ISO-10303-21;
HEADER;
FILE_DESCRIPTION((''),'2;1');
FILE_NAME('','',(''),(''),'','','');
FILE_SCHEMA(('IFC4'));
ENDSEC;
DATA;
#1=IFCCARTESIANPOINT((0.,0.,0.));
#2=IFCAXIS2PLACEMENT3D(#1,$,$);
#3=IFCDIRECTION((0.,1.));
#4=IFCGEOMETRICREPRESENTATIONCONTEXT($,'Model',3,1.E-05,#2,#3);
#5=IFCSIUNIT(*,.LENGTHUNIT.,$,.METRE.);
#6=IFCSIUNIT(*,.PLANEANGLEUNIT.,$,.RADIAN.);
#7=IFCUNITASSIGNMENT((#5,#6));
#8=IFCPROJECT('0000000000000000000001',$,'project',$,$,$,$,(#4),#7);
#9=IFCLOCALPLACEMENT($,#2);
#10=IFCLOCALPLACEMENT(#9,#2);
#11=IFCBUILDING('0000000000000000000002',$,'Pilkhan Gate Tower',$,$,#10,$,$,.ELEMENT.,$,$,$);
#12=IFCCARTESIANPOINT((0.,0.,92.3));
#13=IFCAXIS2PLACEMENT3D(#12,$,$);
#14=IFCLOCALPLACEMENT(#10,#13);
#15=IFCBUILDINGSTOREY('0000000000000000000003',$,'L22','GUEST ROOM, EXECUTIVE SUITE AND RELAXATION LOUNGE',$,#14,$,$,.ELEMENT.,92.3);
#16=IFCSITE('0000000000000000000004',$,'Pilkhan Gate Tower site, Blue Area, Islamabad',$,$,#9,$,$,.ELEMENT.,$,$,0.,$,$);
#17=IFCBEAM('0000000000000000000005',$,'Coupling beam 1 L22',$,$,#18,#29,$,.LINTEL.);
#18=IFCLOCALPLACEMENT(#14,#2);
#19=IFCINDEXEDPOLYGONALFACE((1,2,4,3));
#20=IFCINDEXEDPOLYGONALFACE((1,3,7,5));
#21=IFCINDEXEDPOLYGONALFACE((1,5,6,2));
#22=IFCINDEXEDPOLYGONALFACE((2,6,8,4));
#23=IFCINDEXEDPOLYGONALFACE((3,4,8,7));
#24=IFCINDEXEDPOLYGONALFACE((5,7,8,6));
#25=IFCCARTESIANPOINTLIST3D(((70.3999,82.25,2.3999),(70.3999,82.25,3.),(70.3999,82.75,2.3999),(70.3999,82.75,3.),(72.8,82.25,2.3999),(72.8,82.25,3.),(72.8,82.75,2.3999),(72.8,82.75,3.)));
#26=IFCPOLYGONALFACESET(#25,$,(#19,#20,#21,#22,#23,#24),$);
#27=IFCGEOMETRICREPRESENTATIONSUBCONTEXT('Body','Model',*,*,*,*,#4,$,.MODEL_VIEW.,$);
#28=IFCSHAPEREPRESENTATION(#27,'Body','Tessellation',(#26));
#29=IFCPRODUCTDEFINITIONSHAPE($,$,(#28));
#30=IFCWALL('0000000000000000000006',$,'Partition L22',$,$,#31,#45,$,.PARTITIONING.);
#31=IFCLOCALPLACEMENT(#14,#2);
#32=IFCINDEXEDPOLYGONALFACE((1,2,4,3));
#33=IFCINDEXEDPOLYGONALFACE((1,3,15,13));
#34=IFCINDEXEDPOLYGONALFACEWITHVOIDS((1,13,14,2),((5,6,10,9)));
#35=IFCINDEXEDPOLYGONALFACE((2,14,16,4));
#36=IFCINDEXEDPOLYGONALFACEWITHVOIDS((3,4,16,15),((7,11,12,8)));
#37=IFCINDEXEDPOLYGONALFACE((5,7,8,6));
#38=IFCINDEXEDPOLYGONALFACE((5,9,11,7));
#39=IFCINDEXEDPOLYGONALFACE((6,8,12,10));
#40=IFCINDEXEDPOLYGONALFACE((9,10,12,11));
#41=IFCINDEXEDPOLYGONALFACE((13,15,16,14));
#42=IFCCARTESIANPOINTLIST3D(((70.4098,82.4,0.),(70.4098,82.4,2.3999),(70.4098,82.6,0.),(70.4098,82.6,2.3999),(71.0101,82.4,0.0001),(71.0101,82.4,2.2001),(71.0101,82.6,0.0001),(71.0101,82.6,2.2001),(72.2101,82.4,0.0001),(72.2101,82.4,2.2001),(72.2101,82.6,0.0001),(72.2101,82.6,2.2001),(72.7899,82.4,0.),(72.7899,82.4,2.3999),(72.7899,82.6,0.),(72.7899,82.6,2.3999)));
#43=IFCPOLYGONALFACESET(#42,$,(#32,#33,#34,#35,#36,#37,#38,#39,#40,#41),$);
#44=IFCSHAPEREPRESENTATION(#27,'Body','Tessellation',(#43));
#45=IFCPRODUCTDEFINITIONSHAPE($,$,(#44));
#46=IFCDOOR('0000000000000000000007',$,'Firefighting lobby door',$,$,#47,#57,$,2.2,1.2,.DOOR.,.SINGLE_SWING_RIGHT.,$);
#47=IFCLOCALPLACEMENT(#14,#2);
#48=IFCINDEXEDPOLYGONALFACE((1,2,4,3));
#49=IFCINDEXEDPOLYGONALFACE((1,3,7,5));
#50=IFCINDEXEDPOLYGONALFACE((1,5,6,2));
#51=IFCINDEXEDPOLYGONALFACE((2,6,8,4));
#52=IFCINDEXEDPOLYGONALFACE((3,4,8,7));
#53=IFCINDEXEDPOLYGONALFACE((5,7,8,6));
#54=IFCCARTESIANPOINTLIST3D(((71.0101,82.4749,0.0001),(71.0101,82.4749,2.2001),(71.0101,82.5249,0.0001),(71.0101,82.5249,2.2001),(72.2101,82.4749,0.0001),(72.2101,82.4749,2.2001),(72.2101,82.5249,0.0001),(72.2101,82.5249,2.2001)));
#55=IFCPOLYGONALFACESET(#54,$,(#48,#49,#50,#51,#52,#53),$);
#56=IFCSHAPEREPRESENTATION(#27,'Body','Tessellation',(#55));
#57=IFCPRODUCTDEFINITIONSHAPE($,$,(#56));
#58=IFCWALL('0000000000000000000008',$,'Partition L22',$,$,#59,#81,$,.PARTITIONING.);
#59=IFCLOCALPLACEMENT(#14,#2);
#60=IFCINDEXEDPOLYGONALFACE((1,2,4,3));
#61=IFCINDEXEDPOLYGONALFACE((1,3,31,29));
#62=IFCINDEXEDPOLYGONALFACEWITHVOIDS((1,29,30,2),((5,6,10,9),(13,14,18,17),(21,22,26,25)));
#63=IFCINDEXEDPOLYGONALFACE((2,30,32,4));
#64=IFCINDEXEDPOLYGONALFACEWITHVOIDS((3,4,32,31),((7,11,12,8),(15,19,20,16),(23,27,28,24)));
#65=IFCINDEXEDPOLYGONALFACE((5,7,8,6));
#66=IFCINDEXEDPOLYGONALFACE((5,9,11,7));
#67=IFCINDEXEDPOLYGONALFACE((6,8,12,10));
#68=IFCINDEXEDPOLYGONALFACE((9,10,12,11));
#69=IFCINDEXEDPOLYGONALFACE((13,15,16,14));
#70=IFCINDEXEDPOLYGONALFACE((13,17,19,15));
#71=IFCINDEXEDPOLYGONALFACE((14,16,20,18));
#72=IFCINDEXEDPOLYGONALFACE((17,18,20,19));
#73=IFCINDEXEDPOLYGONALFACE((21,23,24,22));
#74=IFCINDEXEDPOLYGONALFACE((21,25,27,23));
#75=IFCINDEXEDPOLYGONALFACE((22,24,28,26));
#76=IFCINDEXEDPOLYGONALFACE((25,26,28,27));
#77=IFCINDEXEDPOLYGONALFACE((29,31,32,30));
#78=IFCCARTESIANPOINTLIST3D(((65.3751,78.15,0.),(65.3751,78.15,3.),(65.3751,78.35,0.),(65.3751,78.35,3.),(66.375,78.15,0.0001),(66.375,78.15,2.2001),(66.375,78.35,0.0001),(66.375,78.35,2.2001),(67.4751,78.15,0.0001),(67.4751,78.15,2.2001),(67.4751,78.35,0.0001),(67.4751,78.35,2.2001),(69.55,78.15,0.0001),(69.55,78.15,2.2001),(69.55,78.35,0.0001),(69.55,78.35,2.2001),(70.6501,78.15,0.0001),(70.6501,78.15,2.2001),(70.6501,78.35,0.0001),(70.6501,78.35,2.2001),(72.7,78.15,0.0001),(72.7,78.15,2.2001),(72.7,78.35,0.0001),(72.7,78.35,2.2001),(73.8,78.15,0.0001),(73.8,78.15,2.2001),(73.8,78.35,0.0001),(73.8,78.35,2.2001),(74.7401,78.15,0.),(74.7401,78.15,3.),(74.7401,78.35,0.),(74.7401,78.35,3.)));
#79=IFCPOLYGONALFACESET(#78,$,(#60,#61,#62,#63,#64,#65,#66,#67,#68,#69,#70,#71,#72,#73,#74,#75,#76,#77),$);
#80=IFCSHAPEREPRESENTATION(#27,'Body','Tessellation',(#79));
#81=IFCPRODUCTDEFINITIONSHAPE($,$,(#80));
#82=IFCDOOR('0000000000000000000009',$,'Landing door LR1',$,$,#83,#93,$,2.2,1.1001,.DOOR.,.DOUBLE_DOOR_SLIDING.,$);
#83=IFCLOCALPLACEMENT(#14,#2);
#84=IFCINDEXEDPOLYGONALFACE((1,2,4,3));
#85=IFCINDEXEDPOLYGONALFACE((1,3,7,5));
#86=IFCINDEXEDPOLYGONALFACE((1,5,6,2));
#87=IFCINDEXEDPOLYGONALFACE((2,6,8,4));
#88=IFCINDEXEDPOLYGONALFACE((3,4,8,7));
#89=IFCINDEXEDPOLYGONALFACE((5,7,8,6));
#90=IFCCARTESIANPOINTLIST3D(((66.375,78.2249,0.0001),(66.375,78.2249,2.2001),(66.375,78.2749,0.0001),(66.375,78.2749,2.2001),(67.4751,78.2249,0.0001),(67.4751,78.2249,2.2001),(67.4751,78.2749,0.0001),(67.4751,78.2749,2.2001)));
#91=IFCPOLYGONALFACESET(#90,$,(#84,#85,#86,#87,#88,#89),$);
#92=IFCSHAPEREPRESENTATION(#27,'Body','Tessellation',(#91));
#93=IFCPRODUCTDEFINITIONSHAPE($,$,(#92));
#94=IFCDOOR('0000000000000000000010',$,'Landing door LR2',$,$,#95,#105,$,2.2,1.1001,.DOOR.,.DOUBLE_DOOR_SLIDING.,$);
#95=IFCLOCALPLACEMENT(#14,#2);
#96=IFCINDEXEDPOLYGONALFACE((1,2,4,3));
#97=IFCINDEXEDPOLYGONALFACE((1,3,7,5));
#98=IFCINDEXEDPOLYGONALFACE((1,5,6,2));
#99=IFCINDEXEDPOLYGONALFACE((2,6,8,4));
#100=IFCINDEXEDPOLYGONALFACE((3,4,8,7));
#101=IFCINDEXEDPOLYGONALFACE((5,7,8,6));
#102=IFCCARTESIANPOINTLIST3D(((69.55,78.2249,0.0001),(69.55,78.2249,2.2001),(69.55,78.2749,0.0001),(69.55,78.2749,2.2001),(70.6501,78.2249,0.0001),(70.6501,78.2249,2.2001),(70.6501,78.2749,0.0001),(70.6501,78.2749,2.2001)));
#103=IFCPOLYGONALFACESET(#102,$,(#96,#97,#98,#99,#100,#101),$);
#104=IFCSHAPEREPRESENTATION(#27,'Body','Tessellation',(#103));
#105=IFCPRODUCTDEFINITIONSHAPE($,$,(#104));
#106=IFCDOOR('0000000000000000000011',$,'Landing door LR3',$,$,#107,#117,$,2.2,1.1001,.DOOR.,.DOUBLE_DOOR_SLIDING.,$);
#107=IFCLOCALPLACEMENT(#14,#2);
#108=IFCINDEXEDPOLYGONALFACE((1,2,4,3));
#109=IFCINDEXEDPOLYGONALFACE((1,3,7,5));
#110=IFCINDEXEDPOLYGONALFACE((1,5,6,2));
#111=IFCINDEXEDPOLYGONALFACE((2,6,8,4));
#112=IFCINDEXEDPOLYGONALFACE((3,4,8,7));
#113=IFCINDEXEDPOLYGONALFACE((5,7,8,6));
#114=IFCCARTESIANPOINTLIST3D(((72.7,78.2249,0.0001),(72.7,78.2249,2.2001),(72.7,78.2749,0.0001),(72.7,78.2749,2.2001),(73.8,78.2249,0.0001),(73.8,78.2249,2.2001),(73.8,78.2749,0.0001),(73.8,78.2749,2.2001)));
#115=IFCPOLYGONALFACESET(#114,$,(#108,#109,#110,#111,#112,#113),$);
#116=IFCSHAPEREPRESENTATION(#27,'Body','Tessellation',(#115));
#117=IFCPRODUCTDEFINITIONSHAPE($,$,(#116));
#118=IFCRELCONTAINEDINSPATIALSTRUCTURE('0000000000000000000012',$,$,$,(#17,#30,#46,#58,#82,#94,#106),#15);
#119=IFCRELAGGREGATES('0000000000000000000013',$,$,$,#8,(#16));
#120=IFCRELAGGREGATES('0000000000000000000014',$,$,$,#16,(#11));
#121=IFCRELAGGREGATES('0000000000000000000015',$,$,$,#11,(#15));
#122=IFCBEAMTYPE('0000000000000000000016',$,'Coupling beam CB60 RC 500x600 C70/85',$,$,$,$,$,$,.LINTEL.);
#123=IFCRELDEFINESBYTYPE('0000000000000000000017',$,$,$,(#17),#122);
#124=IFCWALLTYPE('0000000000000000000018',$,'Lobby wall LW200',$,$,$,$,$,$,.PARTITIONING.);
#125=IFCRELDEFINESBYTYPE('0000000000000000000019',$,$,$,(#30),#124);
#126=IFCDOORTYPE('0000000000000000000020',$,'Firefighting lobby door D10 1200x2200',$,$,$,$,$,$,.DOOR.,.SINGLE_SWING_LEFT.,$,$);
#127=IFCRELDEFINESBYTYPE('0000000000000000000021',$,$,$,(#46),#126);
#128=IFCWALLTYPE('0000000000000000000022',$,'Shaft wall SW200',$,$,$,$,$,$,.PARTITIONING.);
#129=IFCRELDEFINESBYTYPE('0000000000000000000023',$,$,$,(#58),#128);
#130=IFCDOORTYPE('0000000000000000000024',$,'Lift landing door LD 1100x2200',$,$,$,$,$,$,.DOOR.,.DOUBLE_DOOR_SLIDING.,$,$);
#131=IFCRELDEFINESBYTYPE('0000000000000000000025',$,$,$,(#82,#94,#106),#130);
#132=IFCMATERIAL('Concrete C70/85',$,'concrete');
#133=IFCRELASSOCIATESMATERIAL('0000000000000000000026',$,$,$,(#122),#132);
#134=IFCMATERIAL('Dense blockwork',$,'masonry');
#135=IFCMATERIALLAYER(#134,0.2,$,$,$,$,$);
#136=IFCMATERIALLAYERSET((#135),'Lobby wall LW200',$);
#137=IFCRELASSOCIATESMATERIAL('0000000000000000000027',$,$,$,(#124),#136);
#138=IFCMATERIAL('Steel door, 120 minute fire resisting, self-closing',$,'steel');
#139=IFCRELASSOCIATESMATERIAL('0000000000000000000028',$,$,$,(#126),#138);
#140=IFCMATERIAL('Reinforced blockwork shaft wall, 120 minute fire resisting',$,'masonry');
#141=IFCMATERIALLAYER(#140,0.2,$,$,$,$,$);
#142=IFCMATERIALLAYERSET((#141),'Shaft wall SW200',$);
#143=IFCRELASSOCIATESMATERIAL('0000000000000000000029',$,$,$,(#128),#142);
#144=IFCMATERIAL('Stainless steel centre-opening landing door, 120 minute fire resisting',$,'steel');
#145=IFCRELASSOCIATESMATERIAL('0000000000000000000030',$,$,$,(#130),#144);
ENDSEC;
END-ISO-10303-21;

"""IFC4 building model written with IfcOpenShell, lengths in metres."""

from ifc_helpers import new_model, si_unit, direction, frame, frame_2d, origin, origin_2d, place, context, subcontext, project, spatial, rectangle, extrude, material, layer, layer_set, material_profile, profile_set, type_object, element, fill, save


model = new_model("IFC4")

# Units and contexts
model_context = context("Model", 3, precision=1e-05, world=origin(), true_north=direction((0.0, 1.0)))
body_context = subcontext(model_context, "Body", "Model", "MODEL_VIEW")
ifc_project = project(units=[si_unit("LENGTHUNIT", "METRE"), si_unit("PLANEANGLEUNIT", "RADIAN")], contexts=[model_context])

# Site, building, storey
site_placement = place(None, origin())
site = spatial("IfcSite", under=ifc_project, at=site_placement, Name="Pilkhan Gate Tower site, Blue Area, Islamabad", CompositionType="ELEMENT", RefElevation=0.0)
building_placement = place(site_placement, origin())
building = spatial("IfcBuilding", under=site, at=building_placement, Name="Pilkhan Gate Tower", CompositionType="ELEMENT")
storey_placement = place(building_placement, frame((0.0, 0.0, 92.3)))
storey = spatial("IfcBuildingStorey", under=building, at=storey_placement, Name="L22", Description="GUEST ROOM, EXECUTIVE SUITE AND RELAXATION LOUNGE", CompositionType="ELEMENT", Elevation=92.3)

# Beam
ifc_material_1 = material(Name="Concrete C70/85", Category="concrete")
ifc_material_profile = material_profile(ifc_material_1, rectangle(XDim=0.5, YDim=0.6001, at=origin_2d()), Name="RC 500x600")
ifc_profile_set = profile_set([ifc_material_profile], Name="Concrete C70/85")
beam_type = type_object("IfcBeamType", Name="Coupling beam CB60 RC 500x600 C70/85", PredefinedType="LINTEL", material=ifc_profile_set)
beam_placement = place(storey_placement, frame((70.3999, 82.5, 2.7), z_axis=(1.0, 0.0, 0.0), x_axis=(0.0, 1.0, 0.0)))
element("IfcBeam", 1, at=beam_placement, inside=storey, type_object=beam_type, Name="Coupling beam 1 L22", PredefinedType="LINTEL", context=body_context, shape_type="SweptSolid", body=[
    extrude(rectangle(XDim=0.5, YDim=0.6001, at=origin_2d()), origin(), (0.0, 0.0, 1.0), 2.4001),
])

# Wall, opening, door
ifc_material_2 = material(Name="Dense blockwork", Category="masonry")
ifc_layer_1 = layer(ifc_material_2, 0.2)
ifc_layer_set_1 = layer_set([ifc_layer_1], Name="Lobby wall LW200")
wall_type_1 = type_object("IfcWallType", Name="Lobby wall LW200", PredefinedType="PARTITIONING", material=ifc_layer_set_1)
wall_1_placement = place(storey_placement, frame((70.4099, 82.5, 0.0), z_axis=(0.0, 0.0, 1.0), x_axis=(1.0, 0.0, 0.0)))
wall_1 = element("IfcWall", 2, at=wall_1_placement, inside=storey, type_object=wall_type_1, Name="Partition L22", PredefinedType="PARTITIONING", context=body_context, shape_type="SweptSolid", body=[
    extrude(rectangle(XDim=2.3801, YDim=0.2, at=frame_2d((1.1899, 0.0))), origin(), (0.0, 0.0, 1.0), 2.3999),
])
opening_1_placement = place(wall_1_placement, frame((0.6001, 0.0, 0.0)))
opening_1 = element("IfcOpeningElement", 3, at=opening_1_placement, cuts=wall_1, PredefinedType="OPENING", context=body_context, shape_type="SweptSolid", body=[
    extrude(rectangle(XDim=1.2, YDim=2.2, at=frame_2d((0.6001, 1.1001))), frame((0.0, 0.1099, 0.0), z_axis=(0.0, -1.0, 0.0), x_axis=(1.0, 0.0, 0.0)), (0.0, 0.0, 1.0), 0.22),
])
ifc_material_3 = material(Name="Steel door, 120 minute fire resisting, self-closing", Category="steel")
door_type_1 = type_object("IfcDoorType", Name="Firefighting lobby door D10 1200x2200", OperationType="SINGLE_SWING_LEFT", PredefinedType="DOOR", material=ifc_material_3)
door_1_placement = place(opening_1_placement, origin())
door_1 = element("IfcDoor", 4, at=door_1_placement, inside=storey, type_object=door_type_1, Name="Firefighting lobby door", OperationType="SINGLE_SWING_RIGHT", OverallHeight=2.2, OverallWidth=1.2, PredefinedType="DOOR", context=body_context, shape_type="SweptSolid", body=[
    extrude(rectangle(XDim=1.2, YDim=2.2, at=frame_2d((0.6001, 1.1001))), frame((0.0, 0.0249, 0.0), z_axis=(0.0, -1.0, 0.0), x_axis=(1.0, 0.0, 0.0)), (0.0, 0.0, 1.0), 0.05),
])
fill(opening_1, door_1)

# Wall, openings, doors
ifc_material_4 = material(Name="Reinforced blockwork shaft wall, 120 minute fire resisting", Category="masonry")
ifc_layer_2 = layer(ifc_material_4, 0.2)
ifc_layer_set_2 = layer_set([ifc_layer_2], Name="Shaft wall SW200")
wall_type_2 = type_object("IfcWallType", Name="Shaft wall SW200", PredefinedType="PARTITIONING", material=ifc_layer_set_2)
wall_2_placement = place(storey_placement, frame((65.375, 78.25, 0.0), z_axis=(0.0, 0.0, 1.0), x_axis=(1.0, 0.0, 0.0)))
wall_2 = element("IfcWall", 5, at=wall_2_placement, inside=storey, type_object=wall_type_2, Name="Partition L22", PredefinedType="PARTITIONING", context=body_context, shape_type="SweptSolid", body=[
    extrude(rectangle(XDim=9.365, YDim=0.2, at=frame_2d((4.6826, 0.0))), origin(), (0.0, 0.0, 1.0), 3.0),
])
opening_2_placement = place(wall_2_placement, frame((1.0, 0.0, 0.0)))
opening_2 = element("IfcOpeningElement", 6, at=opening_2_placement, cuts=wall_2, PredefinedType="OPENING", context=body_context, shape_type="SweptSolid", body=[
    extrude(rectangle(XDim=1.1001, YDim=2.2, at=frame_2d((0.55, 1.1001))), frame((0.0, 0.1099, 0.0), z_axis=(0.0, -1.0, 0.0), x_axis=(1.0, 0.0, 0.0)), (0.0, 0.0, 1.0), 0.22),
])
opening_3_placement = place(wall_2_placement, frame((4.175, 0.0, 0.0)))
opening_3 = element("IfcOpeningElement", 7, at=opening_3_placement, cuts=wall_2, PredefinedType="OPENING", context=body_context, shape_type="SweptSolid", body=[
    extrude(rectangle(XDim=1.1001, YDim=2.2, at=frame_2d((0.55, 1.1001))), frame((0.0, 0.1099, 0.0), z_axis=(0.0, -1.0, 0.0), x_axis=(1.0, 0.0, 0.0)), (0.0, 0.0, 1.0), 0.22),
])
opening_4_placement = place(wall_2_placement, frame((7.325, 0.0, 0.0)))
opening_4 = element("IfcOpeningElement", 8, at=opening_4_placement, cuts=wall_2, PredefinedType="OPENING", context=body_context, shape_type="SweptSolid", body=[
    extrude(rectangle(XDim=1.1001, YDim=2.2, at=frame_2d((0.55, 1.1001))), frame((0.0, 0.1099, 0.0), z_axis=(0.0, -1.0, 0.0), x_axis=(1.0, 0.0, 0.0)), (0.0, 0.0, 1.0), 0.22),
])
ifc_material_5 = material(Name="Stainless steel centre-opening landing door, 120 minute fire resisting", Category="steel")
door_type_2 = type_object("IfcDoorType", Name="Lift landing door LD 1100x2200", OperationType="DOUBLE_DOOR_SLIDING", PredefinedType="DOOR", material=ifc_material_5)
door_2_placement = place(opening_2_placement, origin())
door_2 = element("IfcDoor", 9, at=door_2_placement, inside=storey, type_object=door_type_2, Name="Landing door LR1", OperationType="DOUBLE_DOOR_SLIDING", OverallHeight=2.2, OverallWidth=1.1001, PredefinedType="DOOR", context=body_context, shape_type="SweptSolid", body=[
    extrude(rectangle(XDim=1.1001, YDim=2.2, at=frame_2d((0.55, 1.1001))), frame((0.0, 0.0249, 0.0), z_axis=(0.0, -1.0, 0.0), x_axis=(1.0, 0.0, 0.0)), (0.0, 0.0, 1.0), 0.05),
])
fill(opening_2, door_2)
door_3_placement = place(opening_3_placement, origin())
door_3 = element("IfcDoor", 10, at=door_3_placement, inside=storey, type_object=door_type_2, Name="Landing door LR2", OperationType="DOUBLE_DOOR_SLIDING", OverallHeight=2.2, OverallWidth=1.1001, PredefinedType="DOOR", context=body_context, shape_type="SweptSolid", body=[
    extrude(rectangle(XDim=1.1001, YDim=2.2, at=frame_2d((0.55, 1.1001))), frame((0.0, 0.0249, 0.0), z_axis=(0.0, -1.0, 0.0), x_axis=(1.0, 0.0, 0.0)), (0.0, 0.0, 1.0), 0.05),
])
fill(opening_3, door_3)
door_4_placement = place(opening_4_placement, origin())
door_4 = element("IfcDoor", 11, at=door_4_placement, inside=storey, type_object=door_type_2, Name="Landing door LR3", OperationType="DOUBLE_DOOR_SLIDING", OverallHeight=2.2, OverallWidth=1.1001, PredefinedType="DOOR", context=body_context, shape_type="SweptSolid", body=[
    extrude(rectangle(XDim=1.1001, YDim=2.2, at=frame_2d((0.55, 1.1001))), frame((0.0, 0.0249, 0.0), z_axis=(0.0, -1.0, 0.0), x_axis=(1.0, 0.0, 0.0)), (0.0, 0.0, 1.0), 0.05),
])
fill(opening_4, door_4)

save(model, "model.ifc")
